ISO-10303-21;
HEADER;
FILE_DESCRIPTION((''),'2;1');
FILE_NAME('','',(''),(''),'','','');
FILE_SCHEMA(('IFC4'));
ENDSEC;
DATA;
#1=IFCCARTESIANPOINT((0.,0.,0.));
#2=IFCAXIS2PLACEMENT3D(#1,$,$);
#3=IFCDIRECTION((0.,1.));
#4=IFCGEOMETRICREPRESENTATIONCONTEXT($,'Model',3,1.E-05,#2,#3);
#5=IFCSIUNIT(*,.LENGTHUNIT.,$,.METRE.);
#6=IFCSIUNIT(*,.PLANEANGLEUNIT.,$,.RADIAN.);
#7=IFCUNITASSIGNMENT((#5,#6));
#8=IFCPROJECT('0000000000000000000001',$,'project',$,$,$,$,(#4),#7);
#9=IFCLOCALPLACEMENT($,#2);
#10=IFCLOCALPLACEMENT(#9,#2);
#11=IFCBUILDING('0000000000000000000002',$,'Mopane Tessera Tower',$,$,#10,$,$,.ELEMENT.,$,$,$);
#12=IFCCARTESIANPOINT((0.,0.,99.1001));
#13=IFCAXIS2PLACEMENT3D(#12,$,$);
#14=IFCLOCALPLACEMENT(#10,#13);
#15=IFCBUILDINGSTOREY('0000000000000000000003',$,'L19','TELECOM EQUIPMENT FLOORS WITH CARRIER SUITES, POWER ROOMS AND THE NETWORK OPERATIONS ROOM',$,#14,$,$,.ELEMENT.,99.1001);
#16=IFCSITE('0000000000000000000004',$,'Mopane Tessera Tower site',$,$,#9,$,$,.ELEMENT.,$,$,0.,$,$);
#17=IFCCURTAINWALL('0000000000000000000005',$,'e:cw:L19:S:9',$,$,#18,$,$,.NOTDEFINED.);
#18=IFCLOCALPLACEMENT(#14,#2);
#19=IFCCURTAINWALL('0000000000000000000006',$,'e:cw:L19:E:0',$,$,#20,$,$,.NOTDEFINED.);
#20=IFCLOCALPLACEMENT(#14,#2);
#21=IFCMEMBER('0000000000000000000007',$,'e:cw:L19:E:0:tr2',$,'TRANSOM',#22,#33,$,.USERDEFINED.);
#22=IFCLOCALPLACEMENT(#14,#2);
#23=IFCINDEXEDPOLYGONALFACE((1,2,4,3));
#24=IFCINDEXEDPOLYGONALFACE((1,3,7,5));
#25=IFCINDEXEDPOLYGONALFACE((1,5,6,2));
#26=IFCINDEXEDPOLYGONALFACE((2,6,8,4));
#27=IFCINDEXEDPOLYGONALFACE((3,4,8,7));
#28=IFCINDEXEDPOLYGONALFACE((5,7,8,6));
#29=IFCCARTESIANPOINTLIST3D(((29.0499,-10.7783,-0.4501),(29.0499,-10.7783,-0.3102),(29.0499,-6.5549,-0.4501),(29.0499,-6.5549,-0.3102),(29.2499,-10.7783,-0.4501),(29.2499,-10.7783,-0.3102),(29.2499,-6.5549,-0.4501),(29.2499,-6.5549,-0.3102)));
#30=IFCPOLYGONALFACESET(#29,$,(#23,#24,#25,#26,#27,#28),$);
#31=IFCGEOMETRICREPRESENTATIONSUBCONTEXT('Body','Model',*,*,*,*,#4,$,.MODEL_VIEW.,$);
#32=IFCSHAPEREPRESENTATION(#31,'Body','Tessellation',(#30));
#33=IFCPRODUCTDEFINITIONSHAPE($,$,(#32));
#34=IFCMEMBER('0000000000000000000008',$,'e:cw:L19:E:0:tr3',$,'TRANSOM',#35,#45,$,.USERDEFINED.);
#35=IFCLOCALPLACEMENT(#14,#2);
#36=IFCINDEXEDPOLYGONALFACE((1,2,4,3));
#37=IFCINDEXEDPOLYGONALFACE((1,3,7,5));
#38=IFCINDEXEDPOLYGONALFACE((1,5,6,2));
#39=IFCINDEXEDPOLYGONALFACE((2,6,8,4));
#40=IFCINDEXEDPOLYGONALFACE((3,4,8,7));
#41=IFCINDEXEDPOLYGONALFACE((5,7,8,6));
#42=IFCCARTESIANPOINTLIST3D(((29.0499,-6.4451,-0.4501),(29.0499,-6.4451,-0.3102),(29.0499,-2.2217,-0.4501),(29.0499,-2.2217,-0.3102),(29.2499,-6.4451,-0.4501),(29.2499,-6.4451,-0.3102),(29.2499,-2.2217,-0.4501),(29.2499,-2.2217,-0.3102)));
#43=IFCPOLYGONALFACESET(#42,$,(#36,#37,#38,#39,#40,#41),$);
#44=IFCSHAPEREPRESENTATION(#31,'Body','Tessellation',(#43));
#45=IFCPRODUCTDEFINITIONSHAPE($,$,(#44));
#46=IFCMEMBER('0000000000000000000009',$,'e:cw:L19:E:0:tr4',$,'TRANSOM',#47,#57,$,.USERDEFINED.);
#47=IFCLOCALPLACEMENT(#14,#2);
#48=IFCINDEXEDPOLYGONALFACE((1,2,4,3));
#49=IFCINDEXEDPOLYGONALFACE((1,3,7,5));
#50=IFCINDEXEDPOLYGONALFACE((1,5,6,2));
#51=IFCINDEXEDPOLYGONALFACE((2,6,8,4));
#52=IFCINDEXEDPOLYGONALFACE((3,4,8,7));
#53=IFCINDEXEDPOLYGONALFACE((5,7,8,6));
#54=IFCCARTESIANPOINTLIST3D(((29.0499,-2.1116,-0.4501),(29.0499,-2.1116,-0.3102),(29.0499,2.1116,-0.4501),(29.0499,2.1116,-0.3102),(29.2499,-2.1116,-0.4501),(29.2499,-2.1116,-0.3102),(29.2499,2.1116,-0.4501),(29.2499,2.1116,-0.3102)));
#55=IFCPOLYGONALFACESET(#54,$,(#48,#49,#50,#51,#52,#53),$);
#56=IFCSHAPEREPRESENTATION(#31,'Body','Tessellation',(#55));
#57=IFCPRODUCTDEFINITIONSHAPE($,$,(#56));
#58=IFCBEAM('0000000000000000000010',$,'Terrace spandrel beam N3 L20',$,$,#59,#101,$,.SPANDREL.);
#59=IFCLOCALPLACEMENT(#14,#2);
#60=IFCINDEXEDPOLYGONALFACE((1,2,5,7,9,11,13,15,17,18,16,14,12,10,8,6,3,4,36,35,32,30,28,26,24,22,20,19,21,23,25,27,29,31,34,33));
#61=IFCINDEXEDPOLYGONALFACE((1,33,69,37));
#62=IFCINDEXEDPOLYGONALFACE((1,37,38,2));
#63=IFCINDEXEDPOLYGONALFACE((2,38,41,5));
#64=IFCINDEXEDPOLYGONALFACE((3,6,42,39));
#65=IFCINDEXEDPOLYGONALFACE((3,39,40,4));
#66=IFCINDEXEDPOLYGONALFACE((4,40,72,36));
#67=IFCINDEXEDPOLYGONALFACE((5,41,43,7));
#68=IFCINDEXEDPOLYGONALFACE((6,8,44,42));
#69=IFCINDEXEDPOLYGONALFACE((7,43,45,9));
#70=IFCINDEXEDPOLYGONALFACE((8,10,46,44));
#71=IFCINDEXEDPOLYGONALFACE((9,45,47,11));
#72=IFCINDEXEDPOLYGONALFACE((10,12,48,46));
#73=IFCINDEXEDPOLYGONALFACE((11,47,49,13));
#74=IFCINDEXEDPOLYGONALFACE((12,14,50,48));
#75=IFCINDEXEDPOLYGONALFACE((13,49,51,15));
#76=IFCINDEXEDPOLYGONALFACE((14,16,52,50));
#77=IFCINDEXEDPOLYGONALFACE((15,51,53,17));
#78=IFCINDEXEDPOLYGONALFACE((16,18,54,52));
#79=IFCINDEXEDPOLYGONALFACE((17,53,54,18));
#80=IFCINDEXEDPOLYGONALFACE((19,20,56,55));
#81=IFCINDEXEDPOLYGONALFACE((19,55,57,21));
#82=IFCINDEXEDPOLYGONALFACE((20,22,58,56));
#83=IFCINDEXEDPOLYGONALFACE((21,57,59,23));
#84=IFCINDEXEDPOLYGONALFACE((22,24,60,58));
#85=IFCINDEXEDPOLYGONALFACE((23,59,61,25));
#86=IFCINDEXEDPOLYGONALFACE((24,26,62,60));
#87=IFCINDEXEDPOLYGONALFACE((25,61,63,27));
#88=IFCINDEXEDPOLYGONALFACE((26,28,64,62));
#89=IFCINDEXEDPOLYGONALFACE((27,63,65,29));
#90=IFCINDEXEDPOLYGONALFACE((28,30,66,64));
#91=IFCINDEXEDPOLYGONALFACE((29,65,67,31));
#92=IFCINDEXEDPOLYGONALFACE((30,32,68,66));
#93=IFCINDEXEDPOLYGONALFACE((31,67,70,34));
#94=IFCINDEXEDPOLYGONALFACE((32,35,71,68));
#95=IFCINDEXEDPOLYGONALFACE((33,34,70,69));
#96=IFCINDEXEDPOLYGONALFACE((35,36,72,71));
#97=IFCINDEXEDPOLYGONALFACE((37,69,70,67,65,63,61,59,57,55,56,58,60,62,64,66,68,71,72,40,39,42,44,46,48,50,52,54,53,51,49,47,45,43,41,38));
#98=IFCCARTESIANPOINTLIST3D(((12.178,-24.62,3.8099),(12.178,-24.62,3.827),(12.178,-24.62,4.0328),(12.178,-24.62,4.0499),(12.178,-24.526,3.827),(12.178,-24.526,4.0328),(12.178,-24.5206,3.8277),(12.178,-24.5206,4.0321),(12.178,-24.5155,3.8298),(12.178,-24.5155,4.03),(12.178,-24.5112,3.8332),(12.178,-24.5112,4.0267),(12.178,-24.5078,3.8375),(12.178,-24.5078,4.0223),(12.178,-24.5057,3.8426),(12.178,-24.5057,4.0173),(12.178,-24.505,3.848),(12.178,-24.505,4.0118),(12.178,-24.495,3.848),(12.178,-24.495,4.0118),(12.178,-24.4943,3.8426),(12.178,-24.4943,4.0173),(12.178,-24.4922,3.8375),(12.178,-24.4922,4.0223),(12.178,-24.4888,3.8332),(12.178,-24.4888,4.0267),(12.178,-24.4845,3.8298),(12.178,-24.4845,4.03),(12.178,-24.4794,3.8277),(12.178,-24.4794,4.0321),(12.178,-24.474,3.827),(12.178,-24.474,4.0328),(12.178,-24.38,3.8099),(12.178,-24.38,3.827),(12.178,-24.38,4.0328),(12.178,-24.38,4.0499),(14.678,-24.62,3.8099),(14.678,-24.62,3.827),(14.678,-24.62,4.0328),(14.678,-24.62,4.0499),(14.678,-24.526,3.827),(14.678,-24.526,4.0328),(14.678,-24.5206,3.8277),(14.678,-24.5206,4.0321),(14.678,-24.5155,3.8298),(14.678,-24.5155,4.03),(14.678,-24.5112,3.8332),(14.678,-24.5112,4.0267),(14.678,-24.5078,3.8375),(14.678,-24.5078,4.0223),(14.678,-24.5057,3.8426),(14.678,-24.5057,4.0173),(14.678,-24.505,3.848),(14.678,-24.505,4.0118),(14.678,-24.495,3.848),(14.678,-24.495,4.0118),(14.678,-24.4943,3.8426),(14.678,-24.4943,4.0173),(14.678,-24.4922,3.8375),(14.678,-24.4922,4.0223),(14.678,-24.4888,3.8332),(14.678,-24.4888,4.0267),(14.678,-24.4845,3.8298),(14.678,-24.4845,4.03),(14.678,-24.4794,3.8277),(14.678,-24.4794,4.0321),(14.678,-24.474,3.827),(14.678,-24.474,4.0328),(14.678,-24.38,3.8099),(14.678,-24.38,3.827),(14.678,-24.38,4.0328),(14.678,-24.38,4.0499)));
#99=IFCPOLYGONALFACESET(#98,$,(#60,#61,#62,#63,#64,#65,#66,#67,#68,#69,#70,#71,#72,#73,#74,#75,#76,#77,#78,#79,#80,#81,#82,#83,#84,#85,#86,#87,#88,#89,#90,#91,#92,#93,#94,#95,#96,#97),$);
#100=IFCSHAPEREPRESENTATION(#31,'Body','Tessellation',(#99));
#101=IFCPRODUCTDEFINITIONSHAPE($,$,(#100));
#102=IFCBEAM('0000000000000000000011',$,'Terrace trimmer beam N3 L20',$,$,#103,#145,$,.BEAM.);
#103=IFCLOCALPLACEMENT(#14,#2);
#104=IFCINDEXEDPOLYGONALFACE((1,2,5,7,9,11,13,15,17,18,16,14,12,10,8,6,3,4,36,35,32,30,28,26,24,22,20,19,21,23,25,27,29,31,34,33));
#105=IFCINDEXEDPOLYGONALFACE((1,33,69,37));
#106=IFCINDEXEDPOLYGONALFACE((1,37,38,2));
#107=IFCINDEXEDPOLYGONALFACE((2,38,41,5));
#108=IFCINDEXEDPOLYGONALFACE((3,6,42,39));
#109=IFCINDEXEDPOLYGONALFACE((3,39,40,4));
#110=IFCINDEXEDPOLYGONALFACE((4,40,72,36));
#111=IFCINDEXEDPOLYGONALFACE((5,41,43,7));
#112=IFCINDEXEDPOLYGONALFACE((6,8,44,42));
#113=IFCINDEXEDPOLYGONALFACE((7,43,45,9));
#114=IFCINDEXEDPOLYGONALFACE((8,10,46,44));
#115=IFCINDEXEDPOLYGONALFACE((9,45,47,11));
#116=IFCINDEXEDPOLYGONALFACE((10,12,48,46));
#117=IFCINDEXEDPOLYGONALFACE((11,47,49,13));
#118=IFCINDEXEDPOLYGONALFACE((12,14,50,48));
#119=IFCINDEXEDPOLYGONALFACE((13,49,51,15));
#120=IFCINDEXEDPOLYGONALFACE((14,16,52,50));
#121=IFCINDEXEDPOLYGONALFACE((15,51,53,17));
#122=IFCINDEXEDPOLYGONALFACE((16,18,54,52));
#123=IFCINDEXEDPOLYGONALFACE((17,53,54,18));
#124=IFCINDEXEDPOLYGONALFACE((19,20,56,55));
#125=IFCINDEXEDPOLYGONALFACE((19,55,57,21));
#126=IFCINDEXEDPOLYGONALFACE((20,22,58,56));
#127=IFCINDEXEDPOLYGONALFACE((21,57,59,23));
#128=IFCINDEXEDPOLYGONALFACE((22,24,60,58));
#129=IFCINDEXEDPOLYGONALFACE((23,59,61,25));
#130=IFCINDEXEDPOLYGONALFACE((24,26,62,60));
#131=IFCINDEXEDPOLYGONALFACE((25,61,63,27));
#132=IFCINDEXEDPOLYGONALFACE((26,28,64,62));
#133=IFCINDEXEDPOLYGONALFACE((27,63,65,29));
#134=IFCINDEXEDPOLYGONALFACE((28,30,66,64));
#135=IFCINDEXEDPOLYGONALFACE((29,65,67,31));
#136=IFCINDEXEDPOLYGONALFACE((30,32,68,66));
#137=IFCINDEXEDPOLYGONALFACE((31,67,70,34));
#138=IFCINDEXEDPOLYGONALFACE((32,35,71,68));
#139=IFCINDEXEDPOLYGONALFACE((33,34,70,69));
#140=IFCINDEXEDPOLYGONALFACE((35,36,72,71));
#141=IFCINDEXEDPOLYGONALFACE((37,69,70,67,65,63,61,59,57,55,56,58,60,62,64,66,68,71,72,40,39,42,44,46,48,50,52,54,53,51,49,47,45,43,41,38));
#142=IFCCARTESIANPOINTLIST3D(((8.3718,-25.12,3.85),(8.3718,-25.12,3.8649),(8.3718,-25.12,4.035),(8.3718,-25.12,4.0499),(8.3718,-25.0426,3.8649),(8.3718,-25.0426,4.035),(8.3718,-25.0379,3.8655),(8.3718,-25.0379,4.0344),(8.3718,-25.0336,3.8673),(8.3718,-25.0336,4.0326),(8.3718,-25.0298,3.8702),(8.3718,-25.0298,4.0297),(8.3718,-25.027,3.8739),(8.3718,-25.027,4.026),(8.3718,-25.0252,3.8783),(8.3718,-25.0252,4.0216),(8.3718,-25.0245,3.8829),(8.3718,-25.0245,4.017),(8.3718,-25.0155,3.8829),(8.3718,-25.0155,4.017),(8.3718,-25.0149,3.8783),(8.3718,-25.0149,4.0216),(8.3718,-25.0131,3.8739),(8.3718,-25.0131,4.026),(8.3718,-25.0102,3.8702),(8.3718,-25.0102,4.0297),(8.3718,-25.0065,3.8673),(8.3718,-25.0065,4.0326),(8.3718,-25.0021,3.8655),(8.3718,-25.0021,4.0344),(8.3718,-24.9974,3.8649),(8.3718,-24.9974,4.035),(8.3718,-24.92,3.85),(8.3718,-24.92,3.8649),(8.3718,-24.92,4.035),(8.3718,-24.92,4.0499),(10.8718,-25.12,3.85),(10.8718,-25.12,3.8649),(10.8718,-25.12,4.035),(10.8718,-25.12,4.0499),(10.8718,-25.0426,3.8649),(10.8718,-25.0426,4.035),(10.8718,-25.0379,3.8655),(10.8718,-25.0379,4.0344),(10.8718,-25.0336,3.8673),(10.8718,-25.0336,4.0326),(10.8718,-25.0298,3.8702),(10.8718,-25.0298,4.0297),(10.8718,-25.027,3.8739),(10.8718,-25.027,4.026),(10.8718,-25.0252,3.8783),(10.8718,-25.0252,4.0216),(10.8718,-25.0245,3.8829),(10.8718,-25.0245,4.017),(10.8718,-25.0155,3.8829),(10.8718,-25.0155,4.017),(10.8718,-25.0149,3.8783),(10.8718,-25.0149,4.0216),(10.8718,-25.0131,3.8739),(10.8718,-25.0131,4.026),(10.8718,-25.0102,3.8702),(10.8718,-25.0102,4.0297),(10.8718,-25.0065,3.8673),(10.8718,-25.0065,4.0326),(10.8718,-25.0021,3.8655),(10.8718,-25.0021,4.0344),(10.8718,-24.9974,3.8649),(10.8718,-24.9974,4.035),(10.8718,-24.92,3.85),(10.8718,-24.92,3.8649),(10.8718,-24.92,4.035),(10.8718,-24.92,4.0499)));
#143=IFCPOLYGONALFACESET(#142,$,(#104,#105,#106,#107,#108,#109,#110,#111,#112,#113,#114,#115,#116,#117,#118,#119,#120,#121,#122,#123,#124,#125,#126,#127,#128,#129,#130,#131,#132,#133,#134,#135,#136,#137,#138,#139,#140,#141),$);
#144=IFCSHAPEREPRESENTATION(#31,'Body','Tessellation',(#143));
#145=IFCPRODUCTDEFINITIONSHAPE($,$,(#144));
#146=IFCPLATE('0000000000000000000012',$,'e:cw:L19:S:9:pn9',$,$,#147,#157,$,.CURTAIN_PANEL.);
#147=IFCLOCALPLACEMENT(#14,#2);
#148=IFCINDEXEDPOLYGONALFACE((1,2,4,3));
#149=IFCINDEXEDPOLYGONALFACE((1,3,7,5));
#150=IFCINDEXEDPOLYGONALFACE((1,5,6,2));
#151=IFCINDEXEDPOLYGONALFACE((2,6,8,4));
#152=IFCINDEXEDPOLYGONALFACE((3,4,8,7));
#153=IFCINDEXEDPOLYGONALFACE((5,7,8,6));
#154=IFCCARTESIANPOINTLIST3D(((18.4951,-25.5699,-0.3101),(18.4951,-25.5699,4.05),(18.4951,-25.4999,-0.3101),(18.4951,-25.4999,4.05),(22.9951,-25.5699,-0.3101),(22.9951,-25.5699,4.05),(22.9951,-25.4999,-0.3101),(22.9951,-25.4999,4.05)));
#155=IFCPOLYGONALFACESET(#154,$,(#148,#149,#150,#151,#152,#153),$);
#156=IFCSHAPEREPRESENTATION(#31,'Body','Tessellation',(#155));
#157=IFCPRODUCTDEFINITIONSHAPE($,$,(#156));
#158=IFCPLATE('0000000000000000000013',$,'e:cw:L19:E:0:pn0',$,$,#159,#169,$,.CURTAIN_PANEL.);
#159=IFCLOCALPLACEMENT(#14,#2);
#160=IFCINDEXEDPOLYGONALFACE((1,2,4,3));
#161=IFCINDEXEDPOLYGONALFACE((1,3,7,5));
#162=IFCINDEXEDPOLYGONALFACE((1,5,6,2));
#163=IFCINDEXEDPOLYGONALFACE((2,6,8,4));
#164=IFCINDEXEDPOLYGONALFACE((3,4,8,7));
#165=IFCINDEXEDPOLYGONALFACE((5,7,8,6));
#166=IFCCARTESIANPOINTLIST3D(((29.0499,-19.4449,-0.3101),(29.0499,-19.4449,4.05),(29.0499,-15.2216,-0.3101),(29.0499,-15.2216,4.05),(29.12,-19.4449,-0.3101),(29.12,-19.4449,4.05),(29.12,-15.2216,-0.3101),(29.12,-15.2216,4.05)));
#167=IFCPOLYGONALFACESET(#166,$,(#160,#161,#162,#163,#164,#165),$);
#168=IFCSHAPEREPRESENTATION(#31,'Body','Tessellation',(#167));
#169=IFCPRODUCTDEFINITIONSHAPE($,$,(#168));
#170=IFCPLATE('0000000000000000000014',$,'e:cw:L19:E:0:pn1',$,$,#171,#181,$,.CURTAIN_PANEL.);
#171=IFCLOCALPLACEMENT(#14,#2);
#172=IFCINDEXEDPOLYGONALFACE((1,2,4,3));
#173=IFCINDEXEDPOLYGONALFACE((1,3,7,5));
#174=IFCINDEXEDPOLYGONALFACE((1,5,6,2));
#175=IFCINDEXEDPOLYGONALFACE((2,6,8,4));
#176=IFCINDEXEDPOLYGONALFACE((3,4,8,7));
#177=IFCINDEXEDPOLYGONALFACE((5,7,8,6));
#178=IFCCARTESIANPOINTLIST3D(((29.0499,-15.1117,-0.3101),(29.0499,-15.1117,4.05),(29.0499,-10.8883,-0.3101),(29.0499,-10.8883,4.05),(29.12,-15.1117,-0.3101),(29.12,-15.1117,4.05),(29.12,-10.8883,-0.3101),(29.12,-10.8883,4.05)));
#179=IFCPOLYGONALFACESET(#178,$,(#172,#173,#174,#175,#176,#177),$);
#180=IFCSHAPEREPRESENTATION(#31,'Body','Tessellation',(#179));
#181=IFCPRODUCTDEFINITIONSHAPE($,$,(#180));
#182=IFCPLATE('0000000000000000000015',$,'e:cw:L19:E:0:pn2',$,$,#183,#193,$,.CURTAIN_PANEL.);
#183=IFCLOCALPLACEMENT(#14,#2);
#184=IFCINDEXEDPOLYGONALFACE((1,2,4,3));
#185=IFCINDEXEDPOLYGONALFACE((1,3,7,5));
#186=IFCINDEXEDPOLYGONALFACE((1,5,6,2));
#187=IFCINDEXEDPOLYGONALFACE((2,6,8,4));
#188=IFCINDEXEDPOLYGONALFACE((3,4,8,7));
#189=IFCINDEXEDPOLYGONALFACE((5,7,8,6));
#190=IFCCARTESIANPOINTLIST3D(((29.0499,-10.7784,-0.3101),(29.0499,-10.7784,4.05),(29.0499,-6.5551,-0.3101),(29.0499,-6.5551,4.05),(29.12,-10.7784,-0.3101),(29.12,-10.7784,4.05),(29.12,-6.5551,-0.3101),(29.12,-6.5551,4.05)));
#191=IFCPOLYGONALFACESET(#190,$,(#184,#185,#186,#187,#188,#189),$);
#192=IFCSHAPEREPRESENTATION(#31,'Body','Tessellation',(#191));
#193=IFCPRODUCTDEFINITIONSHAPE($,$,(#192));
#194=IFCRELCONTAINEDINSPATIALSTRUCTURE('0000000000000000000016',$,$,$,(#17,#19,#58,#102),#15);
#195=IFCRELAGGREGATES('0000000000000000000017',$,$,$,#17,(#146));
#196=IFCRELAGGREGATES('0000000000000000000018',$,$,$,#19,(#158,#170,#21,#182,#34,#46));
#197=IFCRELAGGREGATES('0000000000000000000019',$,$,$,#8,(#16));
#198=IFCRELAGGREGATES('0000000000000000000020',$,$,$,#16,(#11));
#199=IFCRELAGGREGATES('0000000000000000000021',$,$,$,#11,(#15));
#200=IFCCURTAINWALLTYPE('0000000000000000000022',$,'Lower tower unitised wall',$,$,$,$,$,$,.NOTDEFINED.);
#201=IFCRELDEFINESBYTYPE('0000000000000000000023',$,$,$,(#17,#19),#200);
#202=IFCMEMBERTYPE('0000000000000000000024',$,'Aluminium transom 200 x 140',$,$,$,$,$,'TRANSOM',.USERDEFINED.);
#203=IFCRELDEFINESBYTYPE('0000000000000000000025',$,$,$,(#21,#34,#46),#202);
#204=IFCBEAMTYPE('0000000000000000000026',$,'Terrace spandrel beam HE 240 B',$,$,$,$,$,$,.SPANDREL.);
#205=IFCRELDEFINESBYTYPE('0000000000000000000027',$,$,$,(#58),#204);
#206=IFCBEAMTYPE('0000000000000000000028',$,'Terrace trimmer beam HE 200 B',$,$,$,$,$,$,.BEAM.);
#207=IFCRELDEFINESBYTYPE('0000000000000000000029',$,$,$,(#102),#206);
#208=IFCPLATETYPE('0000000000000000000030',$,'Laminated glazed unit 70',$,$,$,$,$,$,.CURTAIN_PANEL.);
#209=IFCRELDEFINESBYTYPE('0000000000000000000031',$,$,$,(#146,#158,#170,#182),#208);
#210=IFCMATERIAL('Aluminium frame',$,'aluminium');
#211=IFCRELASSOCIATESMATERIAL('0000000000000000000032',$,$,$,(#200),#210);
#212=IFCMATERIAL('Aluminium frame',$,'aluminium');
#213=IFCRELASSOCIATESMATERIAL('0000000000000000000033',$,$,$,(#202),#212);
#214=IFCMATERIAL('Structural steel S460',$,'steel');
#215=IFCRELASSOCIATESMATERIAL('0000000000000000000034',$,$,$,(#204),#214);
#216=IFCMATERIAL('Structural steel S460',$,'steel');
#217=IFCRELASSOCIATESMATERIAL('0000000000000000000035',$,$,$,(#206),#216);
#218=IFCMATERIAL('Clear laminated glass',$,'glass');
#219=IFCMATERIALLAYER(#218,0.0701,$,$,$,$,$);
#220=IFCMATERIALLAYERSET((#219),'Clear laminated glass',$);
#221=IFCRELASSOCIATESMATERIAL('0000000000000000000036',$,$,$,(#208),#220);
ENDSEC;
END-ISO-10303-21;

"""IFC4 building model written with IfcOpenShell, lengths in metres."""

from ifc_helpers import new_model, si_unit, direction, frame, origin, origin_2d, place, context, subcontext, project, spatial, rectangle, i_section, extrude, material, layer, layer_set, material_profile, profile_set, type_object, element, aggregate, save


model = new_model("IFC4")

# Units and contexts
model_context = context("Model", 3, precision=1e-05, world=origin(), true_north=direction((0.0, 1.0)))
body_context = subcontext(model_context, "Body", "Model", "MODEL_VIEW")
ifc_project = project(units=[si_unit("LENGTHUNIT", "METRE"), si_unit("PLANEANGLEUNIT", "RADIAN")], contexts=[model_context])

# Site, building, storey
site_placement = place(None, origin())
site = spatial("IfcSite", under=ifc_project, at=site_placement, Name="Mopane Tessera Tower site", CompositionType="ELEMENT", RefElevation=0.0)
building_placement = place(site_placement, origin())
building = spatial("IfcBuilding", under=site, at=building_placement, Name="Mopane Tessera Tower", CompositionType="ELEMENT")
storey_placement = place(building_placement, frame((0.0, 0.0, 99.1001)))
storey = spatial("IfcBuildingStorey", under=building, at=storey_placement, Name="L19", Description="TELECOM EQUIPMENT FLOORS WITH CARRIER SUITES, POWER ROOMS AND THE NETWORK OPERATIONS ROOM", CompositionType="ELEMENT", Elevation=99.1001)

# Curtain walls
ifc_material_1 = material(Name="Aluminium frame", Category="aluminium")
curtain_wall_type = type_object("IfcCurtainWallType", Name="Lower tower unitised wall", PredefinedType="NOTDEFINED", material=ifc_material_1)
curtain_wall_1_placement = place(storey_placement, origin())
curtain_wall_1 = element("IfcCurtainWall", 1, at=curtain_wall_1_placement, inside=storey, type_object=curtain_wall_type, Name="e:cw:L19:S:9", PredefinedType="NOTDEFINED")
curtain_wall_2_placement = place(storey_placement, origin())
curtain_wall_2 = element("IfcCurtainWall", 2, at=curtain_wall_2_placement, inside=storey, type_object=curtain_wall_type, Name="e:cw:L19:E:0", PredefinedType="NOTDEFINED")

# Members
ifc_material_2 = material(Name="Aluminium frame", Category="aluminium")
ifc_material_profile_1 = material_profile(ifc_material_2, rectangle(XDim=0.2, YDim=0.1399, at=origin_2d()))
ifc_profile_set_1 = profile_set([ifc_material_profile_1], Name="Aluminium frame")
member_type_1 = type_object("IfcMemberType", Name="Aluminium transom 200 x 140", ElementType="TRANSOM", PredefinedType="USERDEFINED", material=ifc_profile_set_1)
member_1_placement = place(storey_placement, frame((29.1499, -10.7783, -0.3801), z_axis=(0.0, 1.0, 0.0), x_axis=(-1.0, 0.0, 0.0)))
member_1 = element("IfcMember", 3, at=member_1_placement, type_object=member_type_1, Name="e:cw:L19:E:0:tr2", ObjectType="TRANSOM", PredefinedType="USERDEFINED", context=body_context, shape_type="SweptSolid", body=[
    extrude(rectangle(XDim=0.2, YDim=0.1399, at=origin_2d()), origin(), (0.0, 0.0, 1.0), 4.2234),
])
member_2_placement = place(storey_placement, frame((29.1499, -6.4451, -0.3801), z_axis=(0.0, 1.0, 0.0), x_axis=(-1.0, 0.0, 0.0)))
member_2 = element("IfcMember", 4, at=member_2_placement, type_object=member_type_1, Name="e:cw:L19:E:0:tr3", ObjectType="TRANSOM", PredefinedType="USERDEFINED", context=body_context, shape_type="SweptSolid", body=[
    extrude(rectangle(XDim=0.2, YDim=0.1399, at=origin_2d()), origin(), (0.0, 0.0, 1.0), 4.2234),
])
member_3_placement = place(storey_placement, frame((29.1499, -2.1116, -0.3801), z_axis=(0.0, 1.0, 0.0), x_axis=(-1.0, 0.0, 0.0)))
member_3 = element("IfcMember", 5, at=member_3_placement, type_object=member_type_1, Name="e:cw:L19:E:0:tr4", ObjectType="TRANSOM", PredefinedType="USERDEFINED", context=body_context, shape_type="SweptSolid", body=[
    extrude(rectangle(XDim=0.2, YDim=0.1399, at=origin_2d()), origin(), (0.0, 0.0, 1.0), 4.2231),
])

# Beams
ifc_material_3 = material(Name="Structural steel S460", Category="steel")
ifc_material_profile_2 = material_profile(ifc_material_3, i_section(OverallWidth=0.24, OverallDepth=0.24, WebThickness=0.01, FlangeThickness=0.0171, FilletRadius=0.021, at=origin_2d()))
ifc_profile_set_2 = profile_set([ifc_material_profile_2], Name="Structural steel S460")
beam_type_1 = type_object("IfcBeamType", Name="Terrace spandrel beam HE 240 B", PredefinedType="SPANDREL", material=ifc_profile_set_2)
beam_1_placement = place(storey_placement, frame((12.178, -24.5, 3.9299), z_axis=(1.0, 0.0, 0.0), x_axis=(0.0, 1.0, 0.0)))
element("IfcBeam", 6, at=beam_1_placement, inside=storey, type_object=beam_type_1, Name="Terrace spandrel beam N3 L20", PredefinedType="SPANDREL", context=body_context, shape_type="SweptSolid", body=[
    extrude(i_section(OverallWidth=0.24, OverallDepth=0.24, WebThickness=0.01, FlangeThickness=0.0171, FilletRadius=0.021, at=origin_2d()), origin(), (0.0, 0.0, 1.0), 2.5),
])
ifc_material_4 = material(Name="Structural steel S460", Category="steel")
ifc_material_profile_3 = material_profile(ifc_material_4, i_section(OverallWidth=0.2, OverallDepth=0.2, WebThickness=0.009, FlangeThickness=0.0149, FilletRadius=0.0181, at=origin_2d()))
ifc_profile_set_3 = profile_set([ifc_material_profile_3], Name="Structural steel S460")
beam_type_2 = type_object("IfcBeamType", Name="Terrace trimmer beam HE 200 B", PredefinedType="BEAM", material=ifc_profile_set_3)
beam_2_placement = place(storey_placement, frame((10.8718, -25.02, 3.95), z_axis=(-1.0, 0.0, 0.0), x_axis=(0.0, -1.0, 0.0)))
element("IfcBeam", 7, at=beam_2_placement, inside=storey, type_object=beam_type_2, Name="Terrace trimmer beam N3 L20", PredefinedType="BEAM", context=body_context, shape_type="SweptSolid", body=[
    extrude(i_section(OverallWidth=0.2, OverallDepth=0.2, WebThickness=0.009, FlangeThickness=0.0149, FilletRadius=0.0181, at=origin_2d()), origin(), (0.0, 0.0, 1.0), 2.5),
])

# Plates
ifc_material_5 = material(Name="Clear laminated glass", Category="glass")
ifc_layer_1 = layer(ifc_material_5, 0.0701)
ifc_layer_set_1 = layer_set([ifc_layer_1], Name="Clear laminated glass")
plate_type = type_object("IfcPlateType", Name="Laminated glazed unit 70", PredefinedType="CURTAIN_PANEL", material=ifc_layer_set_1)
plate_1_placement = place(storey_placement, frame((20.7451, -25.5349, -0.3101), z_axis=(0.0, 0.0, 1.0), x_axis=(1.0, 0.0, 0.0)))
plate_1 = element("IfcPlate", 8, at=plate_1_placement, type_object=plate_type, Name="e:cw:L19:S:9:pn9", PredefinedType="CURTAIN_PANEL", context=body_context, shape_type="SweptSolid", body=[
    extrude(rectangle(XDim=4.5, YDim=0.0701, at=origin_2d()), origin(), (0.0, 0.0, 1.0), 4.3601),
])
aggregate(curtain_wall_1, [plate_1])
plate_2_placement = place(storey_placement, frame((29.085, -17.3333, -0.3101), z_axis=(0.0, 0.0, 1.0), x_axis=(0.0, 1.0, 0.0)))
plate_2 = element("IfcPlate", 9, at=plate_2_placement, type_object=plate_type, Name="e:cw:L19:E:0:pn0", PredefinedType="CURTAIN_PANEL", context=body_context, shape_type="SweptSolid", body=[
    extrude(rectangle(XDim=4.2234, YDim=0.0701, at=origin_2d()), origin(), (0.0, 0.0, 1.0), 4.3601),
])
plate_3_placement = place(storey_placement, frame((29.085, -13.0, -0.3101), z_axis=(0.0, 0.0, 1.0), x_axis=(0.0, 1.0, 0.0)))
plate_3 = element("IfcPlate", 10, at=plate_3_placement, type_object=plate_type, Name="e:cw:L19:E:0:pn1", PredefinedType="CURTAIN_PANEL", context=body_context, shape_type="SweptSolid", body=[
    extrude(rectangle(XDim=4.2234, YDim=0.0701, at=origin_2d()), origin(), (0.0, 0.0, 1.0), 4.3601),
])
plate_4_placement = place(storey_placement, frame((29.085, -8.6667, -0.3101), z_axis=(0.0, 0.0, 1.0), x_axis=(0.0, 1.0, 0.0)))
plate_4 = element("IfcPlate", 11, at=plate_4_placement, type_object=plate_type, Name="e:cw:L19:E:0:pn2", PredefinedType="CURTAIN_PANEL", context=body_context, shape_type="SweptSolid", body=[
    extrude(rectangle(XDim=4.2234, YDim=0.0701, at=origin_2d()), origin(), (0.0, 0.0, 1.0), 4.3601),
])
aggregate(curtain_wall_2, [plate_2, plate_3, member_1, plate_4, member_2, member_3])

save(model, "model.ifc")
